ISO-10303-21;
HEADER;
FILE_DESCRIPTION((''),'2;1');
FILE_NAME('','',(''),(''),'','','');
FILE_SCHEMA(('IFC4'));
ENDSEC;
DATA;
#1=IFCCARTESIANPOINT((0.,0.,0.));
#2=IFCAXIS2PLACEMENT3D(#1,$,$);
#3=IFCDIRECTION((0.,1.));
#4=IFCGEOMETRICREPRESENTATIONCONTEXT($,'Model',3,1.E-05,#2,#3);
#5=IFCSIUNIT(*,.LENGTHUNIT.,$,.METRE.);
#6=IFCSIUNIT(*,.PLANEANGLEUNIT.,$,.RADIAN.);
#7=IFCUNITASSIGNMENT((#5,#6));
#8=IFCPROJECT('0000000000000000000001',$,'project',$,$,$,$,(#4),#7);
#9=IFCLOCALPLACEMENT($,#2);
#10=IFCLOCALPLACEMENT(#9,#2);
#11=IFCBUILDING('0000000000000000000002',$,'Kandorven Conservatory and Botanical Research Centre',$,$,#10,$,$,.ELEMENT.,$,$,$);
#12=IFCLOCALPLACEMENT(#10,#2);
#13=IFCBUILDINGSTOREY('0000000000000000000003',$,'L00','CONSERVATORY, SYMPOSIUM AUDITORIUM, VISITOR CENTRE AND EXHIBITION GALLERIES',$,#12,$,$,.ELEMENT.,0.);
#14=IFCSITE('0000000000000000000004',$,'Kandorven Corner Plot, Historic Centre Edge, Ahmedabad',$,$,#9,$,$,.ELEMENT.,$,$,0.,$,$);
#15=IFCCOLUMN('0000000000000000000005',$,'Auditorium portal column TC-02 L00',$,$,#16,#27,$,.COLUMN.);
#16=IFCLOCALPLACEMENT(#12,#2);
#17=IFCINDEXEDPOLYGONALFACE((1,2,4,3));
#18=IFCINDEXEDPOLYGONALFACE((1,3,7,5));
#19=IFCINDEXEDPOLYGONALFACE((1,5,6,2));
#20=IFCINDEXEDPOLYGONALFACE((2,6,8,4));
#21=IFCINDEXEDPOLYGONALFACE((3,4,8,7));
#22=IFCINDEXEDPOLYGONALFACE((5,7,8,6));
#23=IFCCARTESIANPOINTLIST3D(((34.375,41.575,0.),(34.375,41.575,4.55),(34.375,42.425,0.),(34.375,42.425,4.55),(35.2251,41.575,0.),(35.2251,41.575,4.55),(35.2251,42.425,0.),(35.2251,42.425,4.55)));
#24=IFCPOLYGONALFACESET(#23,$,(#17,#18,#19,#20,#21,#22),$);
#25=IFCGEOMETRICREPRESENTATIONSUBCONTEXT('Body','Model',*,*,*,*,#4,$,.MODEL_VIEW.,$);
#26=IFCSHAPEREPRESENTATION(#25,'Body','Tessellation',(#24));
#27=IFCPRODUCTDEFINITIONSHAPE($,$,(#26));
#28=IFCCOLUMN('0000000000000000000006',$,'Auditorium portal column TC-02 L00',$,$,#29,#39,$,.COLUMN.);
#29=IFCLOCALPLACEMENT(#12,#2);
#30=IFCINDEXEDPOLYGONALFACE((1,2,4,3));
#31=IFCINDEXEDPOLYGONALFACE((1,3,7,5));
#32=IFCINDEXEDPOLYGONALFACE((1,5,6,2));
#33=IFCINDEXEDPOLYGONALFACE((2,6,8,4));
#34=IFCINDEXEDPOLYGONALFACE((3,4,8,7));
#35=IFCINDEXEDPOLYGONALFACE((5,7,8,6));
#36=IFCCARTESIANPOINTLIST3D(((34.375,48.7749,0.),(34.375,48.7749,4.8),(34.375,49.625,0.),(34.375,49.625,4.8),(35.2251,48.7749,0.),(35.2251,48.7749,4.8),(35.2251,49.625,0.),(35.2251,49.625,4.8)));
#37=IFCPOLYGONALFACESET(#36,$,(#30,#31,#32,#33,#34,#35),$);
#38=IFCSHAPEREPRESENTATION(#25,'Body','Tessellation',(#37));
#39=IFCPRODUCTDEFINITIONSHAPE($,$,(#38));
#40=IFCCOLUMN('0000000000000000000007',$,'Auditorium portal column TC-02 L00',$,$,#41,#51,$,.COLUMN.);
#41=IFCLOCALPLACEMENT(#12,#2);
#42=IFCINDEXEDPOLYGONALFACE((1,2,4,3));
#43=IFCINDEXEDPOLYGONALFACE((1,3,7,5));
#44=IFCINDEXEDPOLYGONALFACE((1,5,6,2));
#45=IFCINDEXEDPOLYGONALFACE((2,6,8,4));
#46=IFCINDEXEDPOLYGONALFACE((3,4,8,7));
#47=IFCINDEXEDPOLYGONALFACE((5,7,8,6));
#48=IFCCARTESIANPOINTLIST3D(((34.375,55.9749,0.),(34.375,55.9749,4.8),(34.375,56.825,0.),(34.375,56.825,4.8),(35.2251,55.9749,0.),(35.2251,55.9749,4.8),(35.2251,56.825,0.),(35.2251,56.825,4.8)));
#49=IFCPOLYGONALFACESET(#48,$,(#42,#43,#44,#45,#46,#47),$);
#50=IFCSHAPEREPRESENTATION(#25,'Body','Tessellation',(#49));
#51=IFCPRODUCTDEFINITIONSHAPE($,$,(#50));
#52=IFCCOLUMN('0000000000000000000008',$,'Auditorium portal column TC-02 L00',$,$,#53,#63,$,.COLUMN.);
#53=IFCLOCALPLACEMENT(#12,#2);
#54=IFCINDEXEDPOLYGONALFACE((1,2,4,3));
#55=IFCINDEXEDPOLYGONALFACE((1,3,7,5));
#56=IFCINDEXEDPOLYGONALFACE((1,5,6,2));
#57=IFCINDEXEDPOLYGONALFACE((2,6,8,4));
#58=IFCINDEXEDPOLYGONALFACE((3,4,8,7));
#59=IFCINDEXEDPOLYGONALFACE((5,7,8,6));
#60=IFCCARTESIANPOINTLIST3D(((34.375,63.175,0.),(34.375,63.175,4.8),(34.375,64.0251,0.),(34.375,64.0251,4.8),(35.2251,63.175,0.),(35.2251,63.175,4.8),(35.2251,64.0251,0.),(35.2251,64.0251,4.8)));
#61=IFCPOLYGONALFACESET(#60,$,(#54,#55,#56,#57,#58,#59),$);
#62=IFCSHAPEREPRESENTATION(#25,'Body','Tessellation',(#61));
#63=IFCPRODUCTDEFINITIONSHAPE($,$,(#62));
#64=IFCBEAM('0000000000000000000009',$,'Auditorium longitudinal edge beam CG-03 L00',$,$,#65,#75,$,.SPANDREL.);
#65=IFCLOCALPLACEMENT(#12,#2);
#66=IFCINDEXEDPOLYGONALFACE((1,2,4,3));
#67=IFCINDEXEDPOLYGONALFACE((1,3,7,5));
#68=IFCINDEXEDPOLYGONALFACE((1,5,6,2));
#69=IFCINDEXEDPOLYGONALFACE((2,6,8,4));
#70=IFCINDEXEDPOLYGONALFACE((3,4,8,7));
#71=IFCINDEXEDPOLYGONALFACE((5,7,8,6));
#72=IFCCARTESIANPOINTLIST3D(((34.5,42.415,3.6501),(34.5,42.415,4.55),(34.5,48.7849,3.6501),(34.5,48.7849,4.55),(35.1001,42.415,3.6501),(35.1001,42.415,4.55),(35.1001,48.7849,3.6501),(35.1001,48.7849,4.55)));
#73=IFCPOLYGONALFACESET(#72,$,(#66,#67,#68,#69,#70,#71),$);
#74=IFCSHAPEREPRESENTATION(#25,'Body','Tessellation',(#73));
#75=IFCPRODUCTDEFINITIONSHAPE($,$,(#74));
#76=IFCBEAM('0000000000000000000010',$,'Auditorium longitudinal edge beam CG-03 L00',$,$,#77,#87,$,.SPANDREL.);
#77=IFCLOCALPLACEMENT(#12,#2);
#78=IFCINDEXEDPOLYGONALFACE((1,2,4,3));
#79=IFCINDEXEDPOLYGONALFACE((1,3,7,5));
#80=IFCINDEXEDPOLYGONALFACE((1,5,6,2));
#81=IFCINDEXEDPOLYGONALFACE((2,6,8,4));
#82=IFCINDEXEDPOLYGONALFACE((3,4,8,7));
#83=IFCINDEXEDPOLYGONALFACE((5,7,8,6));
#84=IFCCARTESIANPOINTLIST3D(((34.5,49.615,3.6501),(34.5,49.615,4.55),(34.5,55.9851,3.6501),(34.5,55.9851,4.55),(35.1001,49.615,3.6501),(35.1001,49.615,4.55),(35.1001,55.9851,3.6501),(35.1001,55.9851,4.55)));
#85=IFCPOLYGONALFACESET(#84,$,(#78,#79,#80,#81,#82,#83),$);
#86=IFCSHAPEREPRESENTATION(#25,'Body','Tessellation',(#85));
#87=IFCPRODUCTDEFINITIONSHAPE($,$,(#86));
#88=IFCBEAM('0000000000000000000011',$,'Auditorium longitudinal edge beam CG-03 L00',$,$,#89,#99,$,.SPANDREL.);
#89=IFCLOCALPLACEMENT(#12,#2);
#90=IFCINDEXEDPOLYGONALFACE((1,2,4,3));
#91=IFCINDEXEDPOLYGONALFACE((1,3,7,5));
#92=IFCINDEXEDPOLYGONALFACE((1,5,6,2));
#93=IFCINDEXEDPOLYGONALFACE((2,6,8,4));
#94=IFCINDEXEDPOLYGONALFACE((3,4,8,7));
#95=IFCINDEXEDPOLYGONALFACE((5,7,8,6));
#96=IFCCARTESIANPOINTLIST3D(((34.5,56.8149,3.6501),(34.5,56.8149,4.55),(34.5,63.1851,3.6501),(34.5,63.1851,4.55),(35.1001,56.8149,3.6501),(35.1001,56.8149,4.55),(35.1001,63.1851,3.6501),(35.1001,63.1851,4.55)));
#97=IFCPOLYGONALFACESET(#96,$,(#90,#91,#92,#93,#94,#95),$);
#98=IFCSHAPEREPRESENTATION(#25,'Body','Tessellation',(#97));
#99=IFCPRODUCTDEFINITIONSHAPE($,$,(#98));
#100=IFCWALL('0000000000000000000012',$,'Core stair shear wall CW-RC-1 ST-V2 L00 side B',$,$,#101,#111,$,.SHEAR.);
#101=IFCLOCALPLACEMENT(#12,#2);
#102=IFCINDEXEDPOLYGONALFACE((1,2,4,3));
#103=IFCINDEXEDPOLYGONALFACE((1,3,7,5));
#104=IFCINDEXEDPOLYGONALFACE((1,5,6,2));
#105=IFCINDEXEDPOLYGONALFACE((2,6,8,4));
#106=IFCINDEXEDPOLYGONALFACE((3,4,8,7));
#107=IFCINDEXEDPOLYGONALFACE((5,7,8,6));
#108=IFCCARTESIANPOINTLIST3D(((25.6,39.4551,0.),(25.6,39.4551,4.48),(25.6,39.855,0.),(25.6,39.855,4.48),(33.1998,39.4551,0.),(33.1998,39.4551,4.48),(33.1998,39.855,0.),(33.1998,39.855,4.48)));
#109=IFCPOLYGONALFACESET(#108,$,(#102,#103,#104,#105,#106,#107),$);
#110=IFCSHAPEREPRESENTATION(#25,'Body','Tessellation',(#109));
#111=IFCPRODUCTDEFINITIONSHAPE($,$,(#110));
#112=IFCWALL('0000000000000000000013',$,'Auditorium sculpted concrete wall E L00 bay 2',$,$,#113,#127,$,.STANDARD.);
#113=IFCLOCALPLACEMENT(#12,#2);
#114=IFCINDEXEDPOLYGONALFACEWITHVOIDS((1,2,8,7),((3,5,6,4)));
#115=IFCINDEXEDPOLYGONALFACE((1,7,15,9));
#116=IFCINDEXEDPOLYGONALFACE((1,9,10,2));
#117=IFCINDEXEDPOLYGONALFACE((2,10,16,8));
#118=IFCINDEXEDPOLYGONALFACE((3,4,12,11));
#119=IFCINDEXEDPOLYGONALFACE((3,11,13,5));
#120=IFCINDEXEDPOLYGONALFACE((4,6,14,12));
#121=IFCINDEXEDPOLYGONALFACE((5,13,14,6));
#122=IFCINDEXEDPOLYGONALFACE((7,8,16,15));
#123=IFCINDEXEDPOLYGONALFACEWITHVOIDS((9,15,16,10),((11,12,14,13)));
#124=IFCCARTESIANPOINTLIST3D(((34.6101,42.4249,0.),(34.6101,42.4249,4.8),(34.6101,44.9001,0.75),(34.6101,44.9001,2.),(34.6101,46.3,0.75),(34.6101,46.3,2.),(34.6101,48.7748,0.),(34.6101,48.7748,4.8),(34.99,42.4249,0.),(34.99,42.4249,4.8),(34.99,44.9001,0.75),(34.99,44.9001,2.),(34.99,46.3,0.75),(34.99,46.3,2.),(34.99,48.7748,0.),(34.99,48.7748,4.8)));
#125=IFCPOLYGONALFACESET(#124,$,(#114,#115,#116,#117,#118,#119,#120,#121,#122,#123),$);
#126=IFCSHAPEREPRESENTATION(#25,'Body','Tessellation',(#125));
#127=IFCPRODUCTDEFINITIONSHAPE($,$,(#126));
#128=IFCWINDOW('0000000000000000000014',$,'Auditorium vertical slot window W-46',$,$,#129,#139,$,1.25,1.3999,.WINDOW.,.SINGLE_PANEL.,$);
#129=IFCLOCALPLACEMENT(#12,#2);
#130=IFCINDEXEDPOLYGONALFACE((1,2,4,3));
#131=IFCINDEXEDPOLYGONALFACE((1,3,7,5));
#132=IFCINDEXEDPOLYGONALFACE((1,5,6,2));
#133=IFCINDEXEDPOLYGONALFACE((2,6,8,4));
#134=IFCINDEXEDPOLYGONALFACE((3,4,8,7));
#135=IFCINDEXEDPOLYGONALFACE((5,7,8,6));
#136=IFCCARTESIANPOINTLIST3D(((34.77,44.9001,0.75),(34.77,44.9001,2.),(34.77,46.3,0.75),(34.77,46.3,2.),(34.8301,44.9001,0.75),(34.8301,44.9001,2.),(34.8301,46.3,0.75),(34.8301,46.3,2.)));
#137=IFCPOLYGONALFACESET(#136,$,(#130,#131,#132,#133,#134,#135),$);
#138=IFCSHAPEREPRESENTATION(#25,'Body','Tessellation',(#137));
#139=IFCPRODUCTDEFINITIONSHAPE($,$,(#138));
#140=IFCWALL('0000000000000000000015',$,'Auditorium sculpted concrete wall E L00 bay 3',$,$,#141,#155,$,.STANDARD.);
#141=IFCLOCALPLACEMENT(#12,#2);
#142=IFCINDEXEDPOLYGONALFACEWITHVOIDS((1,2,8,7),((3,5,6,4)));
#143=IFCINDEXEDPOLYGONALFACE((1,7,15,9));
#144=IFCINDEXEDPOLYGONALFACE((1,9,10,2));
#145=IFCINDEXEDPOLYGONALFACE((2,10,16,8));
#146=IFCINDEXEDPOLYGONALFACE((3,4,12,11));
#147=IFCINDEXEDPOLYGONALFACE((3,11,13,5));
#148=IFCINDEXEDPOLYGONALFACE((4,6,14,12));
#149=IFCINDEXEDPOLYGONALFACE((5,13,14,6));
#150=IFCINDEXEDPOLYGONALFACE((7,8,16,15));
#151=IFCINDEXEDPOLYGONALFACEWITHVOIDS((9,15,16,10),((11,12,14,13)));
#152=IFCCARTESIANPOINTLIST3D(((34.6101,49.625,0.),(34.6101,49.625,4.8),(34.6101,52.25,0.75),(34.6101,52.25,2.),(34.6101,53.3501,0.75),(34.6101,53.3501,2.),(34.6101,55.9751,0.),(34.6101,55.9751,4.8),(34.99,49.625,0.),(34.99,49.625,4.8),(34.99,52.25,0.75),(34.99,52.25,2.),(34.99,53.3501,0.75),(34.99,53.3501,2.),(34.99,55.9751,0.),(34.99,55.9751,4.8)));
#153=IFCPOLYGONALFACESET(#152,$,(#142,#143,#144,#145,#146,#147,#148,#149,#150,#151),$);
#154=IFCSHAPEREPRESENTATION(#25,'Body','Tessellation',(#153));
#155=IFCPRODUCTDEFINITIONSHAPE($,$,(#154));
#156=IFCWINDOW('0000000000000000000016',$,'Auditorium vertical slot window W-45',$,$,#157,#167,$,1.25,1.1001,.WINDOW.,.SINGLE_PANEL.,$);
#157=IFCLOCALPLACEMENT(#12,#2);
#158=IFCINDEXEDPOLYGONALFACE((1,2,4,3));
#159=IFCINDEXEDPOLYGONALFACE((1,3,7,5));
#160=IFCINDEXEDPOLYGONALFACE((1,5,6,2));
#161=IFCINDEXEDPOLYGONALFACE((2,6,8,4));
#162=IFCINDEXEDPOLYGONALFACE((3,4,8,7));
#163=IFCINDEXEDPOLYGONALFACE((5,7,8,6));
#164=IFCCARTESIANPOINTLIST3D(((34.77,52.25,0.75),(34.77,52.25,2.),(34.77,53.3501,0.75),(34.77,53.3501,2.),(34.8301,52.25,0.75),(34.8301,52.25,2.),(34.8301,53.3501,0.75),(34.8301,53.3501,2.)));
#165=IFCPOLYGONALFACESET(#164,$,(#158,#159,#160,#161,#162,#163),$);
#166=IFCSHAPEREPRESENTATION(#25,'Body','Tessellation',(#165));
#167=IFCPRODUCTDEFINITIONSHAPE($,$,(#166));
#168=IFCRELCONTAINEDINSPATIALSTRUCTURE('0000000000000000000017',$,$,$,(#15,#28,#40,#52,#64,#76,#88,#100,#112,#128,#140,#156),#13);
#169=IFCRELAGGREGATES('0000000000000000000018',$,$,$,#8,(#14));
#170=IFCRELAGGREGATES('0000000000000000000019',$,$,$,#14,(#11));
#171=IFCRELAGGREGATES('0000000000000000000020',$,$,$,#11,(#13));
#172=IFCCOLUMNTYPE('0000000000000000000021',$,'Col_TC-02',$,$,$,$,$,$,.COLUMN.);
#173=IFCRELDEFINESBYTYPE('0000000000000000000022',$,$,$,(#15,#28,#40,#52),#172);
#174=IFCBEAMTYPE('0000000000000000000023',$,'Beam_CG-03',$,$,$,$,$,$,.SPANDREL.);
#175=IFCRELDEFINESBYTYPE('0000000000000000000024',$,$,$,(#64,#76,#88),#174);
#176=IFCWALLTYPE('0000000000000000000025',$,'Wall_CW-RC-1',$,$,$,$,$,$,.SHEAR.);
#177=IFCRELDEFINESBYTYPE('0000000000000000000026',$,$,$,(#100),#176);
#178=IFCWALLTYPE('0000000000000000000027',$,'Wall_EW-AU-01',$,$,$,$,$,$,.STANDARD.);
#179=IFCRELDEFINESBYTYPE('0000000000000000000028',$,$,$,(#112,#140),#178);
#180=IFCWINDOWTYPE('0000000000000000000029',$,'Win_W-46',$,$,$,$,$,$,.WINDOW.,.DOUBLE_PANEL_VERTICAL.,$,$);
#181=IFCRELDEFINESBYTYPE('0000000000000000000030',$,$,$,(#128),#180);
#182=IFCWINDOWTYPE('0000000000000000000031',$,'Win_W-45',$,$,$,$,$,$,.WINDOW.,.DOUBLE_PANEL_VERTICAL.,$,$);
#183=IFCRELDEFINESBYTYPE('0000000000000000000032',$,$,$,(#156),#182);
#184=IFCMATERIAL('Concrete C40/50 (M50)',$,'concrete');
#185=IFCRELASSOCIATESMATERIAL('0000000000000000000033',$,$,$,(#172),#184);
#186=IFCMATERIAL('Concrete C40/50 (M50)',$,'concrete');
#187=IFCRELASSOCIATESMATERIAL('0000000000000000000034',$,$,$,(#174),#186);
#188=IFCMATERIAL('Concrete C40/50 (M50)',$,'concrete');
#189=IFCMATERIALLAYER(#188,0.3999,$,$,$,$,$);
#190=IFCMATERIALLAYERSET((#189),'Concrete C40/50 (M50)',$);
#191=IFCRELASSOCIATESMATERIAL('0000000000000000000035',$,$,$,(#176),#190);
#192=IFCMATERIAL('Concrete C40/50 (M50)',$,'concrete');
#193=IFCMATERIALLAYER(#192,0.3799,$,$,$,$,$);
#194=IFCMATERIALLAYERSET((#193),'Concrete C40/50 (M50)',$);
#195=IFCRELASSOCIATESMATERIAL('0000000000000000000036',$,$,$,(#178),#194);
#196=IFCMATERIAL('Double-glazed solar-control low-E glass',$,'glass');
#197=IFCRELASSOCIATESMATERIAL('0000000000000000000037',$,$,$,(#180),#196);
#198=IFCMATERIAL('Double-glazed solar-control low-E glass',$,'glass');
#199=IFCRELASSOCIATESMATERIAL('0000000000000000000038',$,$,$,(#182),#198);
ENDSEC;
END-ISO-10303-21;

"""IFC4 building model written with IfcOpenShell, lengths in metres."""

from ifc_helpers import new_model, si_unit, direction, frame, frame_2d, origin, origin_2d, place, context, subcontext, project, spatial, rectangle, extrude, material, layer, layer_set, material_profile, profile_set, type_object, element, fill, save


model = new_model("IFC4")

# Units and contexts
model_context = context("Model", 3, precision=1e-05, world=origin(), true_north=direction((0.0, 1.0)))
body_context = subcontext(model_context, "Body", "Model", "MODEL_VIEW")
ifc_project = project(units=[si_unit("LENGTHUNIT", "METRE"), si_unit("PLANEANGLEUNIT", "RADIAN")], contexts=[model_context])

# Site, building, storey
site_placement = place(None, origin())
site = spatial("IfcSite", under=ifc_project, at=site_placement, Name="Kandorven Corner Plot, Historic Centre Edge, Ahmedabad", CompositionType="ELEMENT", RefElevation=0.0)
building_placement = place(site_placement, origin())
building = spatial("IfcBuilding", under=site, at=building_placement, Name="Kandorven Conservatory and Botanical Research Centre", CompositionType="ELEMENT")
storey_placement = place(building_placement, origin())
storey = spatial("IfcBuildingStorey", under=building, at=storey_placement, Name="L00", Description="CONSERVATORY, SYMPOSIUM AUDITORIUM, VISITOR CENTRE AND EXHIBITION GALLERIES", CompositionType="ELEMENT", Elevation=0.0)

# Columns
ifc_material_1 = material(Name="Concrete C40/50 (M50)", Category="concrete")
ifc_material_profile_1 = material_profile(ifc_material_1, rectangle(XDim=0.8501, YDim=0.8501, at=origin_2d()))
ifc_profile_set_1 = profile_set([ifc_material_profile_1], Name="Concrete C40/50 (M50)")
column_type = type_object("IfcColumnType", Name="Col_TC-02", PredefinedType="COLUMN", material=ifc_profile_set_1)
column_placement = place(storey_placement, frame((34.8, 42.0, 0.0), z_axis=(0.0, 0.0, 1.0), x_axis=(1.0, 0.0, 0.0)))
element("IfcColumn", 1, at=column_placement, inside=storey, type_object=column_type, Name="Auditorium portal column TC-02 L00", PredefinedType="COLUMN", context=body_context, shape_type="SweptSolid", body=[
    extrude(rectangle(XDim=0.8501, YDim=0.8501, at=origin_2d()), origin(), (0.0, 0.0, 1.0), 4.55),
])
for number, where, z_axis, x_axis, name in (
    (2, (34.8, 49.2, 0.0), (0.0, 0.0, 1.0), (1.0, 0.0, 0.0), "Auditorium portal column TC-02 L00"),
    (3, (34.8, 56.3999, 0.0), (0.0, 0.0, 1.0), (1.0, 0.0, 0.0), "Auditorium portal column TC-02 L00"),
    (4, (34.8, 63.6001, 0.0), (0.0, 0.0, 1.0), (1.0, 0.0, 0.0), "Auditorium portal column TC-02 L00"),
):
    element("IfcColumn", number, at=place(storey_placement, frame(where, z_axis=z_axis, x_axis=x_axis)), inside=storey, type_object=column_type, Name=name, PredefinedType="COLUMN", context=body_context, shape_type="SweptSolid", body=[
        extrude(rectangle(XDim=0.8501, YDim=0.8501, at=origin_2d()), origin(), (0.0, 0.0, 1.0), 4.8),
    ])

# Beams
ifc_material_2 = material(Name="Concrete C40/50 (M50)", Category="concrete")
ifc_material_profile_2 = material_profile(ifc_material_2, rectangle(XDim=0.6001, YDim=0.8999, at=origin_2d()))
ifc_profile_set_2 = profile_set([ifc_material_profile_2], Name="Concrete C40/50 (M50)")
beam_type = type_object("IfcBeamType", Name="Beam_CG-03", PredefinedType="SPANDREL", material=ifc_profile_set_2)
beam_placement = place(storey_placement, frame((34.8, 42.415, 4.1001), z_axis=(0.0, 1.0, 0.0), x_axis=(-1.0, 0.0, 0.0)))
element("IfcBeam", 5, at=beam_placement, inside=storey, type_object=beam_type, Name="Auditorium longitudinal edge beam CG-03 L00", PredefinedType="SPANDREL", context=body_context, shape_type="SweptSolid", body=[
    extrude(rectangle(XDim=0.6001, YDim=0.8999, at=origin_2d()), origin(), (0.0, 0.0, 1.0), 6.3699),
])
for number, where, z_axis, x_axis, name in (
    (6, (34.8, 49.615, 4.1001), (0.0, 1.0, 0.0), (-1.0, 0.0, 0.0), "Auditorium longitudinal edge beam CG-03 L00"),
    (7, (34.8, 56.8149, 4.1001), (0.0, 1.0, 0.0), (-1.0, 0.0, 0.0), "Auditorium longitudinal edge beam CG-03 L00"),
):
    element("IfcBeam", number, at=place(storey_placement, frame(where, z_axis=z_axis, x_axis=x_axis)), inside=storey, type_object=beam_type, Name=name, PredefinedType="SPANDREL", context=body_context, shape_type="SweptSolid", body=[
        extrude(rectangle(XDim=0.6001, YDim=0.8999, at=origin_2d()), origin(), (0.0, 0.0, 1.0), 6.3701),
    ])

# Wall
ifc_material_3 = material(Name="Concrete C40/50 (M50)", Category="concrete")
ifc_layer_1 = layer(ifc_material_3, 0.3999)
ifc_layer_set_1 = layer_set([ifc_layer_1], Name="Concrete C40/50 (M50)")
wall_type_1 = type_object("IfcWallType", Name="Wall_CW-RC-1", PredefinedType="SHEAR", material=ifc_layer_set_1)
wall_1_placement = place(storey_placement, frame((25.6001, 39.655, 0.0), z_axis=(0.0, 0.0, 1.0), x_axis=(1.0, 0.0, 0.0)))
element("IfcWall", 8, at=wall_1_placement, inside=storey, type_object=wall_type_1, Name="Core stair shear wall CW-RC-1 ST-V2 L00 side B", PredefinedType="SHEAR", context=body_context, shape_type="SweptSolid", body=[
    extrude(rectangle(XDim=7.5999, YDim=0.3999, at=frame_2d((3.7998, 0.0))), origin(), (0.0, 0.0, 1.0), 4.48),
])

# Walls, openings, windows
ifc_material_4 = material(Name="Concrete C40/50 (M50)", Category="concrete")
ifc_layer_2 = layer(ifc_material_4, 0.3799)
ifc_layer_set_2 = layer_set([ifc_layer_2], Name="Concrete C40/50 (M50)")
wall_type_2 = type_object("IfcWallType", Name="Wall_EW-AU-01", PredefinedType="STANDARD", material=ifc_layer_set_2)
wall_2_placement = place(storey_placement, frame((34.8, 42.425, 0.0), z_axis=(0.0, 0.0, 1.0), x_axis=(0.0, 1.0, 0.0)))
wall_2 = element("IfcWall", 9, at=wall_2_placement, inside=storey, type_object=wall_type_2, Name="Auditorium sculpted concrete wall E L00 bay 2", PredefinedType="STANDARD", context=body_context, shape_type="SweptSolid", body=[
    extrude(rectangle(XDim=6.3499, YDim=0.3799, at=frame_2d((3.1748, 0.0))), origin(), (0.0, 0.0, 1.0), 4.8),
])
opening_1_placement = place(wall_2_placement, frame((2.4751, 0.0, 0.75)))
opening_1 = element("IfcOpeningElement", 10, at=opening_1_placement, cuts=wall_2, PredefinedType="OPENING", context=body_context, shape_type="SweptSolid", body=[
    extrude(rectangle(XDim=1.3999, YDim=1.25, at=frame_2d((0.7, 0.625))), frame((0.0, 0.2, 0.0), z_axis=(0.0, -1.0, 0.0), x_axis=(1.0, 0.0, 0.0)), (0.0, 0.0, 1.0), 0.3999),
])
ifc_material_5 = material(Name="Double-glazed solar-control low-E glass", Category="glass")
window_type_1 = type_object("IfcWindowType", Name="Win_W-46", PartitioningType="DOUBLE_PANEL_VERTICAL", PredefinedType="WINDOW", material=ifc_material_5)
window_1_placement = place(opening_1_placement, origin())
window_1 = element("IfcWindow", 11, at=window_1_placement, inside=storey, type_object=window_type_1, Name="Auditorium vertical slot window W-46", OverallHeight=1.25, OverallWidth=1.3999, PartitioningType="SINGLE_PANEL", PredefinedType="WINDOW", context=body_context, shape_type="SweptSolid", body=[
    extrude(rectangle(XDim=1.3999, YDim=1.25, at=frame_2d((0.7, 0.625))), frame((0.0, 0.03, 0.0), z_axis=(0.0, -1.0, 0.0), x_axis=(1.0, 0.0, 0.0)), (0.0, 0.0, 1.0), 0.0601),
])
fill(opening_1, window_1)
wall_3_placement = place(storey_placement, frame((34.8, 49.625, 0.0), z_axis=(0.0, 0.0, 1.0), x_axis=(0.0, 1.0, 0.0)))
wall_3 = element("IfcWall", 12, at=wall_3_placement, inside=storey, type_object=wall_type_2, Name="Auditorium sculpted concrete wall E L00 bay 3", PredefinedType="STANDARD", context=body_context, shape_type="SweptSolid", body=[
    extrude(rectangle(XDim=6.3501, YDim=0.3799, at=frame_2d((3.175, 0.0))), origin(), (0.0, 0.0, 1.0), 4.8),
])
opening_2_placement = place(wall_3_placement, frame((2.625, 0.0, 0.75)))
opening_2 = element("IfcOpeningElement", 13, at=opening_2_placement, cuts=wall_3, PredefinedType="OPENING", context=body_context, shape_type="SweptSolid", body=[
    extrude(rectangle(XDim=1.1001, YDim=1.25, at=frame_2d((0.55, 0.625))), frame((0.0, 0.2, 0.0), z_axis=(0.0, -1.0, 0.0), x_axis=(1.0, 0.0, 0.0)), (0.0, 0.0, 1.0), 0.3999),
])
ifc_material_6 = material(Name="Double-glazed solar-control low-E glass", Category="glass")
window_type_2 = type_object("IfcWindowType", Name="Win_W-45", PartitioningType="DOUBLE_PANEL_VERTICAL", PredefinedType="WINDOW", material=ifc_material_6)
window_2_placement = place(opening_2_placement, origin())
window_2 = element("IfcWindow", 14, at=window_2_placement, inside=storey, type_object=window_type_2, Name="Auditorium vertical slot window W-45", OverallHeight=1.25, OverallWidth=1.1001, PartitioningType="SINGLE_PANEL", PredefinedType="WINDOW", context=body_context, shape_type="SweptSolid", body=[
    extrude(rectangle(XDim=1.1001, YDim=1.25, at=frame_2d((0.55, 0.625))), frame((0.0, 0.03, 0.0), z_axis=(0.0, -1.0, 0.0), x_axis=(1.0, 0.0, 0.0)), (0.0, 0.0, 1.0), 0.0601),
])
fill(opening_2, window_2)

save(model, "model.ifc")
